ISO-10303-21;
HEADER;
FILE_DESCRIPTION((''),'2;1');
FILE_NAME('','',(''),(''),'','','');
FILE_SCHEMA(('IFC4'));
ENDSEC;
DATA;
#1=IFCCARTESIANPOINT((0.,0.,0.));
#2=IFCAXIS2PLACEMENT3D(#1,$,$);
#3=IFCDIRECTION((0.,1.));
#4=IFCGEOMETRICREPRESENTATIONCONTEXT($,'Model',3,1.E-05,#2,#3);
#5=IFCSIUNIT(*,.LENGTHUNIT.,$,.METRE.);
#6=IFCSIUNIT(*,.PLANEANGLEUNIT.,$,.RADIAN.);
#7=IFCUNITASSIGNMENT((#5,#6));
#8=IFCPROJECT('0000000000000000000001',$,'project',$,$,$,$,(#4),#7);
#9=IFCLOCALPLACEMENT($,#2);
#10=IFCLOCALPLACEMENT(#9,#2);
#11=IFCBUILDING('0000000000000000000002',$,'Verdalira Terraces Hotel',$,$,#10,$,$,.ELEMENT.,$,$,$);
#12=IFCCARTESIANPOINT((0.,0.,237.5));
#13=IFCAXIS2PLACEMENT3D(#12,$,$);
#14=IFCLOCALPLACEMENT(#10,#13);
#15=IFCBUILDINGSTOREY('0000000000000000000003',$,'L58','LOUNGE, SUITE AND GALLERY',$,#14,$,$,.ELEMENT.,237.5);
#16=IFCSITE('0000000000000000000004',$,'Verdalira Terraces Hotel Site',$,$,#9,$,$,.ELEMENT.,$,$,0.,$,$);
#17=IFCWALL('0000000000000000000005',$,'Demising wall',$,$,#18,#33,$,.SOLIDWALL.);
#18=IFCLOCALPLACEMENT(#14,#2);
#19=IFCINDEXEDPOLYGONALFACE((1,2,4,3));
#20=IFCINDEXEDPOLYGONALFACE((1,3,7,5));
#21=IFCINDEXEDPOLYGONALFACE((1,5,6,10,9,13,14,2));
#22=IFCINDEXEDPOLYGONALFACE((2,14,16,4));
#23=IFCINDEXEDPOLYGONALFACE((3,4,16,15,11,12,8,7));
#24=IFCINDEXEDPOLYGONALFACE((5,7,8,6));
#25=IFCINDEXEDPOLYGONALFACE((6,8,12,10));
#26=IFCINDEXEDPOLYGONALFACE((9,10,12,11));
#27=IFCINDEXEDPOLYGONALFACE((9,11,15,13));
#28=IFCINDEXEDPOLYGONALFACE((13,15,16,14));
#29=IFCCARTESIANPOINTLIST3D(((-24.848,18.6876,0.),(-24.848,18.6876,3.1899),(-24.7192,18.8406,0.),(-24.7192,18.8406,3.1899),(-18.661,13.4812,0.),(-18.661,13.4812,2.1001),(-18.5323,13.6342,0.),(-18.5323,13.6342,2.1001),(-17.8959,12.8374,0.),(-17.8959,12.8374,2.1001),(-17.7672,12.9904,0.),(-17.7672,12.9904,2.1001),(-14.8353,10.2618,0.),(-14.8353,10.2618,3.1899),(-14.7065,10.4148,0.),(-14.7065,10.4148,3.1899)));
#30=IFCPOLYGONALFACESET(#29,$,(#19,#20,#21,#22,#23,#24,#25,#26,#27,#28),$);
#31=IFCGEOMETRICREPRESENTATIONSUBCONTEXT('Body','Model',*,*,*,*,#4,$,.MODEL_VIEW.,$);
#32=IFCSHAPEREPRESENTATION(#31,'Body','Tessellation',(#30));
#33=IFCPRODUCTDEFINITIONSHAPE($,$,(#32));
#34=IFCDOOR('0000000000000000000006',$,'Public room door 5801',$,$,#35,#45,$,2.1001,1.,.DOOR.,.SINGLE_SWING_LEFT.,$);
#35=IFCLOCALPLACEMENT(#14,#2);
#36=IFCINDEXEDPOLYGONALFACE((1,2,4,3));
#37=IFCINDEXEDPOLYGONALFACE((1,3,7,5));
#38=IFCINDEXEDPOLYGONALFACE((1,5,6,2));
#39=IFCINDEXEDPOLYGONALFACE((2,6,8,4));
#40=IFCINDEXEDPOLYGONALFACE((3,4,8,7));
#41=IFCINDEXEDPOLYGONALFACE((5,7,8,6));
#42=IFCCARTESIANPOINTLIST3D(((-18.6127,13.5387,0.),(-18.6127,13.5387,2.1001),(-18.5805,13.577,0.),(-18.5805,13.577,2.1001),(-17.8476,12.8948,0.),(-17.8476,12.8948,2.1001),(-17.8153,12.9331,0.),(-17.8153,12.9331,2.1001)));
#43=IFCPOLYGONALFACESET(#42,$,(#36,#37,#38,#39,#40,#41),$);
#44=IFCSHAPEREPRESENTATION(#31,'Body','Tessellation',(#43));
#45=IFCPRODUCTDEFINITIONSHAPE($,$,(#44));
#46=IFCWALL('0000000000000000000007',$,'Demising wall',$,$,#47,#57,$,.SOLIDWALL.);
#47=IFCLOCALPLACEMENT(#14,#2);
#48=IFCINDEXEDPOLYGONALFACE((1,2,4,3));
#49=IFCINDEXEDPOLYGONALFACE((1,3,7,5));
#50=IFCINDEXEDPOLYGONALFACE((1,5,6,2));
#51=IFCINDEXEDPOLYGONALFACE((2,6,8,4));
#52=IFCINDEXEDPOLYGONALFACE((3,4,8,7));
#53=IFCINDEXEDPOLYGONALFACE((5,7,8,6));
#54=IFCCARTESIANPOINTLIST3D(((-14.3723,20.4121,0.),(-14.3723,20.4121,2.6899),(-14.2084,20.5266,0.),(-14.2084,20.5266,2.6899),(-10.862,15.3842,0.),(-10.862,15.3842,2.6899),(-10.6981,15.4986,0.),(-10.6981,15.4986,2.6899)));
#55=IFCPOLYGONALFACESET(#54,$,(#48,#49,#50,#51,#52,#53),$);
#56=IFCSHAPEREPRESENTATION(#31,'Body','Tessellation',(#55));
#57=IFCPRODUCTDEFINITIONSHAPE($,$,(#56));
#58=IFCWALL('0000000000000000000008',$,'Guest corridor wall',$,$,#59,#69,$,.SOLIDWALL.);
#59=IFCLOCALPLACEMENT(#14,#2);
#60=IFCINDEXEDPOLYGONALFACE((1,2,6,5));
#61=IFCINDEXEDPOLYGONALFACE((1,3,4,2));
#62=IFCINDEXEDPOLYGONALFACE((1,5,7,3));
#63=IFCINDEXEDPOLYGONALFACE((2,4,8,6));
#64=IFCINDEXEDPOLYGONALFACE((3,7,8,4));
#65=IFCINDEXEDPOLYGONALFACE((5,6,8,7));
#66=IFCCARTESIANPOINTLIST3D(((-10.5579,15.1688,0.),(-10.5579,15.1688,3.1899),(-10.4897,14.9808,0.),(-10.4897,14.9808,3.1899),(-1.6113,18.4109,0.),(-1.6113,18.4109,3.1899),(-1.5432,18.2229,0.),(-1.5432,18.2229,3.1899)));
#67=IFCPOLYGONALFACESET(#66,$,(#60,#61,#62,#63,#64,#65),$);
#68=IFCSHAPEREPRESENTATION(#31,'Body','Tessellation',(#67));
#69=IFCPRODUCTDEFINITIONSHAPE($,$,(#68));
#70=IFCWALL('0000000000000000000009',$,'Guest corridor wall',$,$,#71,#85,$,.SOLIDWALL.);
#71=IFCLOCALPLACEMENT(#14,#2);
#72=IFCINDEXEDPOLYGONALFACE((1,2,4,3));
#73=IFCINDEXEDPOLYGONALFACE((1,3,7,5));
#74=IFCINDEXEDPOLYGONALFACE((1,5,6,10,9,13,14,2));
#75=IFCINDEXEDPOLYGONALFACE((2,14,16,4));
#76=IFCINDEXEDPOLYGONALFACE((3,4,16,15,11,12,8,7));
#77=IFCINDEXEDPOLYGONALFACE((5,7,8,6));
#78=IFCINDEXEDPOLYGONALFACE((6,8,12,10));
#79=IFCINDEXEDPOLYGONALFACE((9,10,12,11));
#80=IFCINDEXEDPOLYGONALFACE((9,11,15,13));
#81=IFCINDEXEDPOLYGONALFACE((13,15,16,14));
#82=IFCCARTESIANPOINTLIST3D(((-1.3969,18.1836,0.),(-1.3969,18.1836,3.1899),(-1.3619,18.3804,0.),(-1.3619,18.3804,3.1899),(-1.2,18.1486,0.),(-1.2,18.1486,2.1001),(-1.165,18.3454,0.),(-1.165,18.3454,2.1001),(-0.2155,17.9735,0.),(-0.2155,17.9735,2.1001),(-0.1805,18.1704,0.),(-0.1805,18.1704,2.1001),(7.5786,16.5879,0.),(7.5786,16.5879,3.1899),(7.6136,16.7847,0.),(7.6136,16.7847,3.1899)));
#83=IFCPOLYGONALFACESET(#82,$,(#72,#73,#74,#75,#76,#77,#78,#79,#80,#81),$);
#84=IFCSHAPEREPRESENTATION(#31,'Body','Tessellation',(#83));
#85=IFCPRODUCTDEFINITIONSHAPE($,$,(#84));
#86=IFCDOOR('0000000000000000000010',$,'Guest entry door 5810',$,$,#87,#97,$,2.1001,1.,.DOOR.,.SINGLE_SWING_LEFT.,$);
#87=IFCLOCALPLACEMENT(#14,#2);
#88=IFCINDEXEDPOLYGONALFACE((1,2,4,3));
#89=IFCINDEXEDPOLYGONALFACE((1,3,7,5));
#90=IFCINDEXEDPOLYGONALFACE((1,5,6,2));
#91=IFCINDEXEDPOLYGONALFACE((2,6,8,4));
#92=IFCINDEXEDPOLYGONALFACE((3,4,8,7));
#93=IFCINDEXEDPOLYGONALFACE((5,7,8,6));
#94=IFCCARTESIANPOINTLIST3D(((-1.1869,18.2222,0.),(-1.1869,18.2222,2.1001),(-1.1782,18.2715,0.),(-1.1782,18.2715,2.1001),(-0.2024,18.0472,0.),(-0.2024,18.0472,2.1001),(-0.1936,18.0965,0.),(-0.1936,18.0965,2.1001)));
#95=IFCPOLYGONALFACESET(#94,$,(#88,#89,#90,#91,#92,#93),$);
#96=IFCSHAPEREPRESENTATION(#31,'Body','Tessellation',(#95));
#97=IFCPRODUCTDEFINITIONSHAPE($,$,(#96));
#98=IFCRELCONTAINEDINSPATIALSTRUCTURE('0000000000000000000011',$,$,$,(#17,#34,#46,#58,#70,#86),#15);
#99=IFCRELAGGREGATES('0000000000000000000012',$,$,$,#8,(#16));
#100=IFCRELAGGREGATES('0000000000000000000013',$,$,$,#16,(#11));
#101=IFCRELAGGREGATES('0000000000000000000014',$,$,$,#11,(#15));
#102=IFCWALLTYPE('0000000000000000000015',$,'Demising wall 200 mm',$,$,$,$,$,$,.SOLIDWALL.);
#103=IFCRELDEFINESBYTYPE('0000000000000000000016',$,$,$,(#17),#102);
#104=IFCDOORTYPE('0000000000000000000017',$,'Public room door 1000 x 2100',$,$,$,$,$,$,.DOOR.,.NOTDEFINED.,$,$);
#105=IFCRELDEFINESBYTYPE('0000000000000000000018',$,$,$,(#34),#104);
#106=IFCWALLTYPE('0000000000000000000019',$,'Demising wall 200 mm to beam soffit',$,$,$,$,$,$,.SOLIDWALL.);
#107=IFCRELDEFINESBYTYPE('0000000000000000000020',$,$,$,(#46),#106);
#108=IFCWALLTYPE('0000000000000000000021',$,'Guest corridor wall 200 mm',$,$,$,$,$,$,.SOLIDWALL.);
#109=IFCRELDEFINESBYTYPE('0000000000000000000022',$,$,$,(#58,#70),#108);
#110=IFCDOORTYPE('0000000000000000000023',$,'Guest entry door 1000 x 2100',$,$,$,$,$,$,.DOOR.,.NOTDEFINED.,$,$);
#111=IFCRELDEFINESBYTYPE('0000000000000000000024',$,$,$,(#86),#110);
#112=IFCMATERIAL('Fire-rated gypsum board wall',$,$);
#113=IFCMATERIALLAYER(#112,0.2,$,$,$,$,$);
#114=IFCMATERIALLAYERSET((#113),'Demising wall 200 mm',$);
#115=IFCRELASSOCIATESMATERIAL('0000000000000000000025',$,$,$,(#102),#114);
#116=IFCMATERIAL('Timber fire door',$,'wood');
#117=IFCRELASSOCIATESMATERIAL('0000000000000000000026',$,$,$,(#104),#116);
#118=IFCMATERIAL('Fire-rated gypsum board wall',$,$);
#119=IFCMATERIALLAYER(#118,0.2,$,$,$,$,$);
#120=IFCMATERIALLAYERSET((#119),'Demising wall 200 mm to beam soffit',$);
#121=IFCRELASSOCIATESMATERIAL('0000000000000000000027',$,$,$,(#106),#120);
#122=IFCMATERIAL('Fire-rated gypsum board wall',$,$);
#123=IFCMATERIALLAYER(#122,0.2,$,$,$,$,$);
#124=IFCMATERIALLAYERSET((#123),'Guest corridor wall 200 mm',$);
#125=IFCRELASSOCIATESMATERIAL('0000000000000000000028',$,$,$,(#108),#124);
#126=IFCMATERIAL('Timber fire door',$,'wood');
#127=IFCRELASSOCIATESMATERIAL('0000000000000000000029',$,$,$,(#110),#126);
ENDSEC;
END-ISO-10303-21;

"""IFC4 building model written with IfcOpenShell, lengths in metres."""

from ifc_helpers import new_model, si_unit, direction, frame, frame_2d, origin, place, context, subcontext, project, spatial, rectangle, extrude, material, layer, layer_set, type_object, element, fill, save


model = new_model("IFC4")

# Units and contexts
model_context = context("Model", 3, precision=1e-05, world=origin(), true_north=direction((0.0, 1.0)))
body_context = subcontext(model_context, "Body", "Model", "MODEL_VIEW")
ifc_project = project(units=[si_unit("LENGTHUNIT", "METRE"), si_unit("PLANEANGLEUNIT", "RADIAN")], contexts=[model_context])

# Site, building, storey
site_placement = place(None, origin())
site = spatial("IfcSite", under=ifc_project, at=site_placement, Name="Verdalira Terraces Hotel Site", CompositionType="ELEMENT", RefElevation=0.0)
building_placement = place(site_placement, origin())
building = spatial("IfcBuilding", under=site, at=building_placement, Name="Verdalira Terraces Hotel", CompositionType="ELEMENT")
storey_placement = place(building_placement, frame((0.0, 0.0, 237.5)))
storey = spatial("IfcBuildingStorey", under=building, at=storey_placement, Name="L58", Description="LOUNGE, SUITE AND GALLERY", CompositionType="ELEMENT", Elevation=237.5)

# Wall, opening, door
ifc_material_1 = material(Name="Fire-rated gypsum board wall")
ifc_layer_1 = layer(ifc_material_1, 0.2)
ifc_layer_set_1 = layer_set([ifc_layer_1], Name="Demising wall 200 mm")
wall_type_1 = type_object("IfcWallType", Name="Demising wall 200 mm", PredefinedType="SOLIDWALL", material=ifc_layer_set_1)
wall_1_placement = place(storey_placement, frame((-14.771, 10.3384, 0.0), z_axis=(0.0, 0.0, 1.0), x_axis=(-0.765136, 0.643869, 0.0)))
wall_1 = element("IfcWall", 1, at=wall_1_placement, inside=storey, type_object=wall_type_1, Name="Demising wall", PredefinedType="SOLIDWALL", context=body_context, shape_type="SweptSolid", body=[
    extrude(rectangle(XDim=13.0862, YDim=0.2, at=frame_2d((6.543, 0.0))), origin(), (0.0, 0.0, 1.0), 3.1899),
])
opening_1_placement = place(wall_1_placement, frame((4.0, 0.0, 0.0)))
opening_1 = element("IfcOpeningElement", 2, at=opening_1_placement, cuts=wall_1, PredefinedType="OPENING", context=body_context, shape_type="SweptSolid", body=[
    extrude(rectangle(XDim=1.0, YDim=2.1001, at=frame_2d((0.5, 1.05))), frame((0.0, 0.1099, 0.0), z_axis=(0.0, -1.0, 0.0), x_axis=(1.0, 0.0, 0.0)), (0.0, 0.0, 1.0), 0.22),
])
ifc_material_2 = material(Name="Timber fire door", Category="wood")
door_type_1 = type_object("IfcDoorType", Name="Public room door 1000 x 2100", OperationType="NOTDEFINED", PredefinedType="DOOR", material=ifc_material_2)
door_1_placement = place(opening_1_placement, origin())
door_1 = element("IfcDoor", 3, at=door_1_placement, inside=storey, type_object=door_type_1, Name="Public room door 5801", OperationType="SINGLE_SWING_LEFT", OverallHeight=2.1001, OverallWidth=1.0, PredefinedType="DOOR", context=body_context, shape_type="SweptSolid", body=[
    extrude(rectangle(XDim=1.0, YDim=2.1001, at=frame_2d((0.5, 1.05))), frame((0.0, 0.0249, 0.0), z_axis=(0.0, -1.0, 0.0), x_axis=(1.0, 0.0, 0.0)), (0.0, 0.0, 1.0), 0.05),
])
fill(opening_1, door_1)

# Walls
ifc_material_3 = material(Name="Fire-rated gypsum board wall")
ifc_layer_2 = layer(ifc_material_3, 0.2)
ifc_layer_set_2 = layer_set([ifc_layer_2], Name="Demising wall 200 mm to beam soffit")
wall_type_2 = type_object("IfcWallType", Name="Demising wall 200 mm to beam soffit", PredefinedType="SOLIDWALL", material=ifc_layer_set_2)
wall_2_placement = place(storey_placement, frame((-14.2903, 20.4692, 0.0), z_axis=(0.0, 0.0, 1.0), x_axis=(0.572452, -0.819938, 0.0)))
element("IfcWall", 4, at=wall_2_placement, inside=storey, type_object=wall_type_2, Name="Demising wall", PredefinedType="SOLIDWALL", context=body_context, shape_type="SweptSolid", body=[
    extrude(rectangle(XDim=6.1321, YDim=0.2, at=frame_2d((3.0659, 0.0))), origin(), (0.0, 0.0, 1.0), 2.6899),
])
ifc_material_4 = material(Name="Fire-rated gypsum board wall")
ifc_layer_3 = layer(ifc_material_4, 0.2)
ifc_layer_set_3 = layer_set([ifc_layer_3], Name="Guest corridor wall 200 mm")
wall_type_3 = type_object("IfcWallType", Name="Guest corridor wall 200 mm", PredefinedType="SOLIDWALL", material=ifc_layer_set_3)
wall_3_placement = place(storey_placement, frame((-1.5774, 18.3169, 0.0), z_axis=(0.0, 0.0, 1.0), x_axis=(-0.940167, -0.340713, 0.0)))
element("IfcWall", 5, at=wall_3_placement, inside=storey, type_object=wall_type_3, Name="Guest corridor wall", PredefinedType="SOLIDWALL", context=body_context, shape_type="SweptSolid", body=[
    extrude(rectangle(XDim=9.5159, YDim=0.2, at=frame_2d((4.7578, 0.0))), origin(), (0.0, 0.0, 1.0), 3.1899),
])

# Wall, opening, door
wall_4_placement = place(storey_placement, frame((-1.3794, 18.282, 0.0), z_axis=(0.0, 0.0, 1.0), x_axis=(0.984562, -0.175038, 0.0)))
wall_4 = element("IfcWall", 6, at=wall_4_placement, inside=storey, type_object=wall_type_3, Name="Guest corridor wall", PredefinedType="SOLIDWALL", context=body_context, shape_type="SweptSolid", body=[
    extrude(rectangle(XDim=9.1162, YDim=0.2, at=frame_2d((4.5581, 0.0))), origin(), (0.0, 0.0, 1.0), 3.1899),
])
opening_2_placement = place(wall_4_placement, frame((0.2, 0.0, 0.0)))
opening_2 = element("IfcOpeningElement", 7, at=opening_2_placement, cuts=wall_4, PredefinedType="OPENING", context=body_context, shape_type="SweptSolid", body=[
    extrude(rectangle(XDim=1.0, YDim=2.1001, at=frame_2d((0.5, 1.05))), frame((0.0, 0.1099, 0.0), z_axis=(0.0, -1.0, 0.0), x_axis=(1.0, 0.0, 0.0)), (0.0, 0.0, 1.0), 0.22),
])
ifc_material_5 = material(Name="Timber fire door", Category="wood")
door_type_2 = type_object("IfcDoorType", Name="Guest entry door 1000 x 2100", OperationType="NOTDEFINED", PredefinedType="DOOR", material=ifc_material_5)
door_2_placement = place(opening_2_placement, origin())
door_2 = element("IfcDoor", 8, at=door_2_placement, inside=storey, type_object=door_type_2, Name="Guest entry door 5810", OperationType="SINGLE_SWING_LEFT", OverallHeight=2.1001, OverallWidth=1.0, PredefinedType="DOOR", context=body_context, shape_type="SweptSolid", body=[
    extrude(rectangle(XDim=1.0, YDim=2.1001, at=frame_2d((0.5, 1.05))), frame((0.0, 0.0249, 0.0), z_axis=(0.0, -1.0, 0.0), x_axis=(1.0, 0.0, 0.0)), (0.0, 0.0, 1.0), 0.05),
])
fill(opening_2, door_2)

save(model, "model.ifc")
